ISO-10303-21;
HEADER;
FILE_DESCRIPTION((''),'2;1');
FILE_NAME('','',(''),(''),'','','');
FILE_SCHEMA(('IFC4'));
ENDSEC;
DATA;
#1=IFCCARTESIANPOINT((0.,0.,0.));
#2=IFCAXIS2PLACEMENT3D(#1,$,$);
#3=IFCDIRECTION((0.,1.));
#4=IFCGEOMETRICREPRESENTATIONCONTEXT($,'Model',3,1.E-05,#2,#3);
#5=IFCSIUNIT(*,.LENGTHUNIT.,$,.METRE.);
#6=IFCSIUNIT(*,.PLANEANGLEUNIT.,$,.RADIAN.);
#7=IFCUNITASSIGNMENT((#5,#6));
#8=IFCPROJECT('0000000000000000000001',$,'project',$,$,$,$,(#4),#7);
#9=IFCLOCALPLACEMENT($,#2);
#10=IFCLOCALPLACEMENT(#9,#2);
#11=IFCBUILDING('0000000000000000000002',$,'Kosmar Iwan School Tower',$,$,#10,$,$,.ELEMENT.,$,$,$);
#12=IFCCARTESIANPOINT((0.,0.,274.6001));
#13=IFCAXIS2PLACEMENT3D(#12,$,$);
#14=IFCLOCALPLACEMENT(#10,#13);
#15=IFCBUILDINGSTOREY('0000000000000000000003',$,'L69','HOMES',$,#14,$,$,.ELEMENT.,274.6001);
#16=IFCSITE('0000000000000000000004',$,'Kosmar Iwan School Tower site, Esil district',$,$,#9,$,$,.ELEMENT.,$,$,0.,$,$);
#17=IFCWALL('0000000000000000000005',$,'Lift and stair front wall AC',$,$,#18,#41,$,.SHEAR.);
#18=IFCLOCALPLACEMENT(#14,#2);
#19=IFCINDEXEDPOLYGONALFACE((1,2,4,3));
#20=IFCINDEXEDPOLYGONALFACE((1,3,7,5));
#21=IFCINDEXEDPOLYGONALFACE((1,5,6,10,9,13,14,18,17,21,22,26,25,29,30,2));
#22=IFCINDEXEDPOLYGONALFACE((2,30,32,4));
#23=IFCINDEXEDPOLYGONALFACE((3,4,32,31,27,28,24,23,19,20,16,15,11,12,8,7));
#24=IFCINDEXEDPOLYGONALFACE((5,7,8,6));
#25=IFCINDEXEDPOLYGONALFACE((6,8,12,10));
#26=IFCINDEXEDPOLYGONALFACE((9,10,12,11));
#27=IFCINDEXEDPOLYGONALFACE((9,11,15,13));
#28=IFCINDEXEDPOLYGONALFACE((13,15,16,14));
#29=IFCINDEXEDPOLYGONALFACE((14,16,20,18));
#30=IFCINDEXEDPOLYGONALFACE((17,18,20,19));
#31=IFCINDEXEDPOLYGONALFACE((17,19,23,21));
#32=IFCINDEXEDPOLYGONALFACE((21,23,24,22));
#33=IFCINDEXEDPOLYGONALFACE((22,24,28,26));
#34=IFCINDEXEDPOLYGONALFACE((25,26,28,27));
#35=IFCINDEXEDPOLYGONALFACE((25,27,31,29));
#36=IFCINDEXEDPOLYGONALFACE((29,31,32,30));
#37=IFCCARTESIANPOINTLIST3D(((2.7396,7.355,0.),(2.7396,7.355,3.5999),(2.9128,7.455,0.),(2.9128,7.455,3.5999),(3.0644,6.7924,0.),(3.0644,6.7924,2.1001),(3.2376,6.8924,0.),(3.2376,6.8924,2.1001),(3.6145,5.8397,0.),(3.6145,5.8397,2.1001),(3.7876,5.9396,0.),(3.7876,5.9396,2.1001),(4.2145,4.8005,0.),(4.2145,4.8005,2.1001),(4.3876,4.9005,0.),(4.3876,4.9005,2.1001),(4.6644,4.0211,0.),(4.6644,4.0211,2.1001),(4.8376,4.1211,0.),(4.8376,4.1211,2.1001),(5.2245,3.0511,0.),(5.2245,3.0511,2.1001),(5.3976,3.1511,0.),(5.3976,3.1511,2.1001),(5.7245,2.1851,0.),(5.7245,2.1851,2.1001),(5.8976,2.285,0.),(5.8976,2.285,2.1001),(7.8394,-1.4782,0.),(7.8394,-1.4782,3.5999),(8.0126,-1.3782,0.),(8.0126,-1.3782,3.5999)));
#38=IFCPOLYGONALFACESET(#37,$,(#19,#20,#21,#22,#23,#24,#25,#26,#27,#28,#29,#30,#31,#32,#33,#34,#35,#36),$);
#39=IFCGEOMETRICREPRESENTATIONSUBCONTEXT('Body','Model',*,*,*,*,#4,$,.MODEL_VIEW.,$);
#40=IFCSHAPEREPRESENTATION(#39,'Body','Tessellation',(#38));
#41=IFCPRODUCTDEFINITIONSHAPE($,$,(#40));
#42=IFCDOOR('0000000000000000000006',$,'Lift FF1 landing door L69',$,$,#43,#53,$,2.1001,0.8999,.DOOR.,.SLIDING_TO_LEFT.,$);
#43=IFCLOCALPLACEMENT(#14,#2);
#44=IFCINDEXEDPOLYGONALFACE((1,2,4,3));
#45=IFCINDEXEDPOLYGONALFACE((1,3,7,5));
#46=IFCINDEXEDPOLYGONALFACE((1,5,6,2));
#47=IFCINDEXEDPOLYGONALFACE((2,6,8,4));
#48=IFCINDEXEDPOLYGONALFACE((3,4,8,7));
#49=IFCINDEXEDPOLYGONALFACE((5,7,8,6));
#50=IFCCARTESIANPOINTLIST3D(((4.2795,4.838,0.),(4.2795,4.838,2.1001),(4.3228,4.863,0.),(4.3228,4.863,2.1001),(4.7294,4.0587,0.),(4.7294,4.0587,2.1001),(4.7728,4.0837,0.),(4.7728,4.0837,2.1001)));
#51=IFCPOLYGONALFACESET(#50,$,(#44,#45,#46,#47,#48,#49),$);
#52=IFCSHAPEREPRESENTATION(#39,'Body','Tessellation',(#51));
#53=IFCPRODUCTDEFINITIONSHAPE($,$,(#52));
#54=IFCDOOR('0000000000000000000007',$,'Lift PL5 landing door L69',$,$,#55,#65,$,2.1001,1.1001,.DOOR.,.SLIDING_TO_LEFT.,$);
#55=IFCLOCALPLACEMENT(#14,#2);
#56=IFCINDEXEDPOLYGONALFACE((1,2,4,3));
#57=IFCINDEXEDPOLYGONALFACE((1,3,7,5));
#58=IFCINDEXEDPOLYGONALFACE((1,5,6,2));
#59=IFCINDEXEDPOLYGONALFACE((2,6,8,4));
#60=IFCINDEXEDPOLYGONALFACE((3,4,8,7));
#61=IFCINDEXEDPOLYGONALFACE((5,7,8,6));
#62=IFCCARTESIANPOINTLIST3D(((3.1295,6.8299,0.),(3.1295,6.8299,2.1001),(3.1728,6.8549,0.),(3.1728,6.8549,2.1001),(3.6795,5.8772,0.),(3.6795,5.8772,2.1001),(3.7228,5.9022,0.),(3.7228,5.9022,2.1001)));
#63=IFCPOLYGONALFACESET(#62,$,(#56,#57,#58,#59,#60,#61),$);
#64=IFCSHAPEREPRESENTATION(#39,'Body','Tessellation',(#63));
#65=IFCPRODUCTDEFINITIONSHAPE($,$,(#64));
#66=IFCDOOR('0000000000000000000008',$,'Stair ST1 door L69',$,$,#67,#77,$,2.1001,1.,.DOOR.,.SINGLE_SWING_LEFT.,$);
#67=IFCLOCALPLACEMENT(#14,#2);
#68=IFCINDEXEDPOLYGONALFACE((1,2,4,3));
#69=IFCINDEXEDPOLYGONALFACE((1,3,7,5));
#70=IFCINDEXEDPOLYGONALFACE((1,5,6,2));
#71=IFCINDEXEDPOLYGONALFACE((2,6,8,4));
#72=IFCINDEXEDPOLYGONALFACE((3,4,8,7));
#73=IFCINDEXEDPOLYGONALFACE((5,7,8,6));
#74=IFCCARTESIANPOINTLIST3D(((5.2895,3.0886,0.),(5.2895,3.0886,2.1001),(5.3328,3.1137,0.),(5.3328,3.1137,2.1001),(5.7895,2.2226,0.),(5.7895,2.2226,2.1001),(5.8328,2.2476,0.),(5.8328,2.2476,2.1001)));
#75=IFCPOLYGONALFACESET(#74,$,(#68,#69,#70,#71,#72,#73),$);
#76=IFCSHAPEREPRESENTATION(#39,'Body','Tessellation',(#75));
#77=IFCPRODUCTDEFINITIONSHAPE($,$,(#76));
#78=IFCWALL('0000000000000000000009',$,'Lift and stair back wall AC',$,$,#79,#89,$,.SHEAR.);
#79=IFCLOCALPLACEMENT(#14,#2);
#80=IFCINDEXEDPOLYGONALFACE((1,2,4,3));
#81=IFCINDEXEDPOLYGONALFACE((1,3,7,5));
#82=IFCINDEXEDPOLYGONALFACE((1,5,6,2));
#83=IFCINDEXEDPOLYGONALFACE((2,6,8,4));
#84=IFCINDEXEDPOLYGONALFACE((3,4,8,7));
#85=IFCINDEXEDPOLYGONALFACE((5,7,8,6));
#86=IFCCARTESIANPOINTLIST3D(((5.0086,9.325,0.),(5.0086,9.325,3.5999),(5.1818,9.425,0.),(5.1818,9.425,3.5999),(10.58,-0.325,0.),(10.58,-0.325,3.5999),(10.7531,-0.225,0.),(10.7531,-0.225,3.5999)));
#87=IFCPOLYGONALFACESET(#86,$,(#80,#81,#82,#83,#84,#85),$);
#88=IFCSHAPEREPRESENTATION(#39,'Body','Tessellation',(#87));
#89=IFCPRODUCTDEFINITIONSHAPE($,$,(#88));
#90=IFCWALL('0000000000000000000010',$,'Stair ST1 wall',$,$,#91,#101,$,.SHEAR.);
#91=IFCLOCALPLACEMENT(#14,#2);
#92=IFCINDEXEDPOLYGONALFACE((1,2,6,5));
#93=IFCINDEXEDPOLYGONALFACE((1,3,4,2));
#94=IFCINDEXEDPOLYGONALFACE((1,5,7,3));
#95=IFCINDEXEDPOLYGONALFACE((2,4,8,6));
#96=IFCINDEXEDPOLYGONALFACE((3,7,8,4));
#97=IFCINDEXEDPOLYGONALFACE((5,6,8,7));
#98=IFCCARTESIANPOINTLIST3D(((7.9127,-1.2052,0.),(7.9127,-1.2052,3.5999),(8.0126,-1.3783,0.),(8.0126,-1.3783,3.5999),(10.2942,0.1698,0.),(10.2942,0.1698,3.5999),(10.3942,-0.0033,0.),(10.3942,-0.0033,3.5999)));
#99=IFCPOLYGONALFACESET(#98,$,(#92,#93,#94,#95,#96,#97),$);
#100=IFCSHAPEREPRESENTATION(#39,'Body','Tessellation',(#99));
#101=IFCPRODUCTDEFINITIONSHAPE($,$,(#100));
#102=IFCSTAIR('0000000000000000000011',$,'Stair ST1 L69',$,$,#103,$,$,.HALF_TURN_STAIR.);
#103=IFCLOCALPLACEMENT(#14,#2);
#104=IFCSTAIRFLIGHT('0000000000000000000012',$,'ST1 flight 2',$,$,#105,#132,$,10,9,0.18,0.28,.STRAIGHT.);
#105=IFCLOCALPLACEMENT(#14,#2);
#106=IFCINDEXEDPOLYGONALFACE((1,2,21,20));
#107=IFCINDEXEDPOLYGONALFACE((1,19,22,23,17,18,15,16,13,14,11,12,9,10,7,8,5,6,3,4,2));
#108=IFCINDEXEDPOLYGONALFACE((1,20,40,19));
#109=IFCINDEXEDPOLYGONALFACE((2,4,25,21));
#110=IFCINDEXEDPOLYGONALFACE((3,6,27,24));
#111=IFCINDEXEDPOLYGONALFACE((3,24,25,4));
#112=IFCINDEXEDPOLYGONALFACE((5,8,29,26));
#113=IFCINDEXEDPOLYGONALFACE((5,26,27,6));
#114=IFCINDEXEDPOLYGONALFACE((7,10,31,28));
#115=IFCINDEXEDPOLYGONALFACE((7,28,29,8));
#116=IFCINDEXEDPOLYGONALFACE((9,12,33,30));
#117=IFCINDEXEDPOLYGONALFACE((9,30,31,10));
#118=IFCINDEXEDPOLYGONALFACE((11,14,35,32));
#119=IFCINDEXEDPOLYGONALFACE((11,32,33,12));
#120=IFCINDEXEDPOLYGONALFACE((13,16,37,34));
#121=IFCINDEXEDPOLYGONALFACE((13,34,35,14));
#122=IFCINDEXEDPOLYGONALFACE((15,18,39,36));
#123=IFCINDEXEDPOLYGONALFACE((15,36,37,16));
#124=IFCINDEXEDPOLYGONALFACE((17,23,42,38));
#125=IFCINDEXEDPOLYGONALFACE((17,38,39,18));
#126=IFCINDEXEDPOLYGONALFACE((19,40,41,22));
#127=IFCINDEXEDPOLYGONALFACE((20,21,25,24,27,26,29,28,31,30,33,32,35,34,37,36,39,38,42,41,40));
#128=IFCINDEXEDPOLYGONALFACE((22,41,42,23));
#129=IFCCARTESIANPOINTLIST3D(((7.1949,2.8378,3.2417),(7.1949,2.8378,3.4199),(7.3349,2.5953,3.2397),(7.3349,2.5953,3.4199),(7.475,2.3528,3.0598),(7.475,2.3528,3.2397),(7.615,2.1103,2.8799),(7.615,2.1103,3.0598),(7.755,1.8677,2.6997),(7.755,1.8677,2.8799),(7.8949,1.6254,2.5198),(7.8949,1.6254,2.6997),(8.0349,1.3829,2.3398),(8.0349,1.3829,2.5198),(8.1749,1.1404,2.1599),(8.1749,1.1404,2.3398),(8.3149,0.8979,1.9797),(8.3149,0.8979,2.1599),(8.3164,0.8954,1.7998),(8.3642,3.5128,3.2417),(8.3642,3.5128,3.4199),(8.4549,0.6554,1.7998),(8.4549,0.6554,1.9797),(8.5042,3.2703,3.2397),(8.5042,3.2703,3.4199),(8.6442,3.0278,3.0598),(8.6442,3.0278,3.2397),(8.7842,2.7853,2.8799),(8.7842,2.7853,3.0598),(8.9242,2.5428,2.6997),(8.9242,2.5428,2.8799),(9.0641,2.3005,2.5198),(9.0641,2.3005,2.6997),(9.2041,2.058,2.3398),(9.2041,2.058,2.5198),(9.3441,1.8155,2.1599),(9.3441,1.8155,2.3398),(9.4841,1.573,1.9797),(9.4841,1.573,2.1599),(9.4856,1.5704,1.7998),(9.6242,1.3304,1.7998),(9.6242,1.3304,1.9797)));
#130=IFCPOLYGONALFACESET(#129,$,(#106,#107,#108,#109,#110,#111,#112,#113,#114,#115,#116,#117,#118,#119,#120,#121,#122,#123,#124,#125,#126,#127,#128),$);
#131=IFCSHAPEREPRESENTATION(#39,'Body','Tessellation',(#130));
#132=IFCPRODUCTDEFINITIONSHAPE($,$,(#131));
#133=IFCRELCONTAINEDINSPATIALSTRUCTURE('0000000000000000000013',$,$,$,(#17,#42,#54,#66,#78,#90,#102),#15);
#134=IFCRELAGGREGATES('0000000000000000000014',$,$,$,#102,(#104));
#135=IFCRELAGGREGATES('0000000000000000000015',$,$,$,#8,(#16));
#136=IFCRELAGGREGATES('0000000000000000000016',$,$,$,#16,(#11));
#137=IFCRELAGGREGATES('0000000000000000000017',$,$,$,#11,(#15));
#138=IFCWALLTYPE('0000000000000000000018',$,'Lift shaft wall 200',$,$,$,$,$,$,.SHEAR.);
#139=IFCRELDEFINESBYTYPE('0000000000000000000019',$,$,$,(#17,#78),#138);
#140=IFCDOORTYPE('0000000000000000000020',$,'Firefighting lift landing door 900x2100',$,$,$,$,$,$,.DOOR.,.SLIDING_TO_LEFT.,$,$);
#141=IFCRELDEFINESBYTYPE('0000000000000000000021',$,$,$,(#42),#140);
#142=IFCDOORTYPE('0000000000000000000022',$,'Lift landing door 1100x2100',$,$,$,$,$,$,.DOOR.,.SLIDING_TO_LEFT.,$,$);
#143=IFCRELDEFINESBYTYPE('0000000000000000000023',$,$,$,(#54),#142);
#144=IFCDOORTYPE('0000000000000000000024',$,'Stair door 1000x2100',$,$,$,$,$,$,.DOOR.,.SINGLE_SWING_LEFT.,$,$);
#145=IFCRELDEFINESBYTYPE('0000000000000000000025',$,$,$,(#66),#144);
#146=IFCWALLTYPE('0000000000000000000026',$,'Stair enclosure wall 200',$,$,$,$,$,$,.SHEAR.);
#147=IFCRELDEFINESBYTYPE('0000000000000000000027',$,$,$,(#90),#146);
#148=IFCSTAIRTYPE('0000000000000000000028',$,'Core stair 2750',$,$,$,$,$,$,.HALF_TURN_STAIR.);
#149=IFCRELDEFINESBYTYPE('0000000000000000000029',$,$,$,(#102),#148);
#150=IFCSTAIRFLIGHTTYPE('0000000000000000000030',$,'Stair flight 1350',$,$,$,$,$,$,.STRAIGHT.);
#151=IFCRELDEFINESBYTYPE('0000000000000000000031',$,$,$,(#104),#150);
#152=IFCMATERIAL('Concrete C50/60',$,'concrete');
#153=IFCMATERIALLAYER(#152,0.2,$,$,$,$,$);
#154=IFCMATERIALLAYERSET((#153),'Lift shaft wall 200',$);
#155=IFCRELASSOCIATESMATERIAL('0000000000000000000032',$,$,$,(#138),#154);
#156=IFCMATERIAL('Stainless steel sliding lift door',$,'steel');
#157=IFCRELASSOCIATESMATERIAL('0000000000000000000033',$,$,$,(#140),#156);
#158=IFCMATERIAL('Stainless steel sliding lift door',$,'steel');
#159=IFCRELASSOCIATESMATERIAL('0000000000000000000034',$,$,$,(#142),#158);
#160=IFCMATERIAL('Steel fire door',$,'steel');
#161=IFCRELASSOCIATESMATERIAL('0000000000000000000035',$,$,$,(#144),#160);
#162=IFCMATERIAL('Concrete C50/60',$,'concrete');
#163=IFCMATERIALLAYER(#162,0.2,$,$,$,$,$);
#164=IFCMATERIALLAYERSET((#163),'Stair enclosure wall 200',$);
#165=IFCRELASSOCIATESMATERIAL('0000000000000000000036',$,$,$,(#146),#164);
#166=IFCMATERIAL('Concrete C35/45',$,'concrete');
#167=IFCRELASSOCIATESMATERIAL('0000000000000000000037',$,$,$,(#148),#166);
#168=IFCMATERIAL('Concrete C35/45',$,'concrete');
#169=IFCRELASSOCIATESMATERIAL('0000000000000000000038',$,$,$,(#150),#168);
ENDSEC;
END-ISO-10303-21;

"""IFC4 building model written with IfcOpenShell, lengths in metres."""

from ifc_helpers import new_model, si_unit, direction, frame, frame_2d, origin, place, context, subcontext, project, spatial, polyline, rectangle, outline, extrude, material, layer, layer_set, type_object, element, fill, aggregate, save


model = new_model("IFC4")

# Units and contexts
model_context = context("Model", 3, precision=1e-05, world=origin(), true_north=direction((0.0, 1.0)))
body_context = subcontext(model_context, "Body", "Model", "MODEL_VIEW")
ifc_project = project(units=[si_unit("LENGTHUNIT", "METRE"), si_unit("PLANEANGLEUNIT", "RADIAN")], contexts=[model_context])

# Site, building, storey
site_placement = place(None, origin())
site = spatial("IfcSite", under=ifc_project, at=site_placement, Name="Kosmar Iwan School Tower site, Esil district", CompositionType="ELEMENT", RefElevation=0.0)
building_placement = place(site_placement, origin())
building = spatial("IfcBuilding", under=site, at=building_placement, Name="Kosmar Iwan School Tower", CompositionType="ELEMENT")
storey_placement = place(building_placement, frame((0.0, 0.0, 274.6001)))
storey = spatial("IfcBuildingStorey", under=building, at=storey_placement, Name="L69", Description="HOMES", CompositionType="ELEMENT", Elevation=274.6001)

# Wall, openings, doors
ifc_material_1 = material(Name="Concrete C50/60", Category="concrete")
ifc_layer_1 = layer(ifc_material_1, 0.2)
ifc_layer_set_1 = layer_set([ifc_layer_1], Name="Lift shaft wall 200")
wall_type_1 = type_object("IfcWallType", Name="Lift shaft wall 200", PredefinedType="SHEAR", material=ifc_layer_set_1)
wall_1_placement = place(storey_placement, frame((7.926, -1.4282, 0.0), z_axis=(0.0, 0.0, 1.0), x_axis=(-0.499998, 0.866027, 0.0)))
wall_1 = element("IfcWall", 1, at=wall_1_placement, inside=storey, type_object=wall_type_1, Name="Lift and stair front wall AC", PredefinedType="SHEAR", context=body_context, shape_type="SweptSolid", body=[
    extrude(rectangle(XDim=10.1997, YDim=0.2, at=frame_2d((5.0999, 0.0))), origin(), (0.0, 0.0, 1.0), 3.5999),
])
opening_1_placement = place(wall_1_placement, frame((6.3501, 0.0, 0.0)))
opening_1 = element("IfcOpeningElement", 2, at=opening_1_placement, cuts=wall_1, PredefinedType="OPENING", context=body_context, shape_type="SweptSolid", body=[
    extrude(rectangle(XDim=0.8999, YDim=2.1001, at=frame_2d((0.45, 1.05))), frame((0.0, 0.1121, 0.0), z_axis=(0.0, -1.0, 0.0), x_axis=(1.0, 0.0, 0.0)), (0.0, 0.0, 1.0), 0.2239),
])
opening_2_placement = place(wall_1_placement, frame((8.45, 0.0, 0.0)))
opening_2 = element("IfcOpeningElement", 3, at=opening_2_placement, cuts=wall_1, PredefinedType="OPENING", context=body_context, shape_type="SweptSolid", body=[
    extrude(rectangle(XDim=1.1001, YDim=2.1001, at=frame_2d((0.55, 1.05))), frame((0.0, 0.1121, 0.0), z_axis=(0.0, -1.0, 0.0), x_axis=(1.0, 0.0, 0.0)), (0.0, 0.0, 1.0), 0.2239),
])
opening_3_placement = place(wall_1_placement, frame((4.23, 0.0, 0.0)))
opening_3 = element("IfcOpeningElement", 4, at=opening_3_placement, cuts=wall_1, PredefinedType="OPENING", context=body_context, shape_type="SweptSolid", body=[
    extrude(rectangle(XDim=1.0, YDim=2.1001, at=frame_2d((0.5, 1.05))), frame((0.0, 0.1121, 0.0), z_axis=(0.0, -1.0, 0.0), x_axis=(1.0, 0.0, 0.0)), (0.0, 0.0, 1.0), 0.2239),
])
ifc_material_2 = material(Name="Stainless steel sliding lift door", Category="steel")
door_type_1 = type_object("IfcDoorType", Name="Firefighting lift landing door 900x2100", OperationType="SLIDING_TO_LEFT", PredefinedType="DOOR", material=ifc_material_2)
door_1_placement = place(opening_1_placement, origin())
door_1 = element("IfcDoor", 5, at=door_1_placement, inside=storey, type_object=door_type_1, Name="Lift FF1 landing door L69", OperationType="SLIDING_TO_LEFT", OverallHeight=2.1001, OverallWidth=0.8999, PredefinedType="DOOR", context=body_context, shape_type="SweptSolid", body=[
    extrude(rectangle(XDim=0.8999, YDim=2.1001, at=frame_2d((0.45, 1.05))), frame((0.0, 0.0249, 0.0), z_axis=(0.0, -1.0, 0.0), x_axis=(1.0, 0.0, 0.0)), (0.0, 0.0, 1.0), 0.05),
])
fill(opening_1, door_1)
ifc_material_3 = material(Name="Stainless steel sliding lift door", Category="steel")
door_type_2 = type_object("IfcDoorType", Name="Lift landing door 1100x2100", OperationType="SLIDING_TO_LEFT", PredefinedType="DOOR", material=ifc_material_3)
door_2_placement = place(opening_2_placement, origin())
door_2 = element("IfcDoor", 6, at=door_2_placement, inside=storey, type_object=door_type_2, Name="Lift PL5 landing door L69", OperationType="SLIDING_TO_LEFT", OverallHeight=2.1001, OverallWidth=1.1001, PredefinedType="DOOR", context=body_context, shape_type="SweptSolid", body=[
    extrude(rectangle(XDim=1.1001, YDim=2.1001, at=frame_2d((0.55, 1.05))), frame((0.0, 0.0249, 0.0), z_axis=(0.0, -1.0, 0.0), x_axis=(1.0, 0.0, 0.0)), (0.0, 0.0, 1.0), 0.05),
])
fill(opening_2, door_2)
ifc_material_4 = material(Name="Steel fire door", Category="steel")
door_type_3 = type_object("IfcDoorType", Name="Stair door 1000x2100", OperationType="SINGLE_SWING_LEFT", PredefinedType="DOOR", material=ifc_material_4)
door_3_placement = place(opening_3_placement, origin())
door_3 = element("IfcDoor", 7, at=door_3_placement, inside=storey, type_object=door_type_3, Name="Stair ST1 door L69", OperationType="SINGLE_SWING_LEFT", OverallHeight=2.1001, OverallWidth=1.0, PredefinedType="DOOR", context=body_context, shape_type="SweptSolid", body=[
    extrude(rectangle(XDim=1.0, YDim=2.1001, at=frame_2d((0.5, 1.05))), frame((0.0, 0.0249, 0.0), z_axis=(0.0, -1.0, 0.0), x_axis=(1.0, 0.0, 0.0)), (0.0, 0.0, 1.0), 0.05),
])
fill(opening_3, door_3)

# Walls
wall_2_placement = place(storey_placement, frame((10.6665, -0.2749, 0.0), z_axis=(0.0, 0.0, 1.0), x_axis=(-0.499994, 0.866029, 0.0)))
element("IfcWall", 8, at=wall_2_placement, inside=storey, type_object=wall_type_1, Name="Lift and stair back wall AC", PredefinedType="SHEAR", context=body_context, shape_type="SweptSolid", body=[
    extrude(rectangle(XDim=11.1428, YDim=0.2, at=frame_2d((5.5713, 0.0))), origin(), (0.0, 0.0, 1.0), 3.5999),
])
ifc_material_5 = material(Name="Concrete C50/60", Category="concrete")
ifc_layer_2 = layer(ifc_material_5, 0.2)
ifc_layer_set_2 = layer_set([ifc_layer_2], Name="Stair enclosure wall 200")
wall_type_2 = type_object("IfcWallType", Name="Stair enclosure wall 200", PredefinedType="SHEAR", material=ifc_layer_set_2)
wall_3_placement = place(storey_placement, frame((7.9626, -1.2917, 0.0), z_axis=(0.0, 0.0, 1.0), x_axis=(0.866027, 0.499997, 0.0)))
element("IfcWall", 9, at=wall_3_placement, inside=storey, type_object=wall_type_2, Name="Stair ST1 wall", PredefinedType="SHEAR", context=body_context, shape_type="SweptSolid", body=[
    extrude(rectangle(XDim=2.75, YDim=0.2, at=frame_2d((1.375, 0.0))), origin(), (0.0, 0.0, 1.0), 3.5999),
])

# Stair, stair flight
ifc_material_6 = material(Name="Concrete C35/45", Category="concrete")
stair_type = type_object("IfcStairType", Name="Core stair 2750", PredefinedType="HALF_TURN_STAIR", material=ifc_material_6)
stair_placement = place(storey_placement, origin())
stair = element("IfcStair", 10, at=stair_placement, inside=storey, type_object=stair_type, Name="Stair ST1 L69", PredefinedType="HALF_TURN_STAIR")
ifc_material_7 = material(Name="Concrete C35/45", Category="concrete")
stair_flight_type = type_object("IfcStairFlightType", Name="Stair flight 1350", PredefinedType="STRAIGHT", material=ifc_material_7)
stair_flight_placement = place(storey_placement, frame((9.0396, 0.9929, 1.7998), z_axis=(0.0, 0.0, 1.0), x_axis=(-0.5, 0.866025, 0.0)))
stair_flight = element("IfcStairFlight", 11, at=stair_flight_placement, type_object=stair_flight_type, Name="ST1 flight 2", NumberOfRisers=10, NumberOfTreads=9, PredefinedType="STRAIGHT", RiserHeight=0.18, TreadLength=0.28, context=body_context, shape_type="SweptSolid", body=[
    extrude(outline(polyline([(0.0, 0.0), (0.0, 0.1799), (0.28, 0.1799), (0.28, 0.3601), (0.5601, 0.3601), (0.5601, 0.54), (0.8401, 0.54), (0.8401, 0.72), (1.1201, 0.72), (1.1201, 0.8999), (1.3999, 0.8999), (1.3999, 1.0801), (1.6799, 1.0801), (1.6799, 1.26), (1.96, 1.26), (1.96, 1.4399), (2.24, 1.4399), (2.24, 1.6201), (2.52, 1.6201), (2.52, 1.8), (2.52, 1.4419), (0.2771, 0.0), (0.0, 0.0)])), frame((0.0, 0.675, 0.0), z_axis=(0.0, -1.0, 0.0), x_axis=(1.0, 0.0, 0.0)), (0.0, 0.0, 1.0), 1.3501),
])
aggregate(stair, [stair_flight])

save(model, "model.ifc")
